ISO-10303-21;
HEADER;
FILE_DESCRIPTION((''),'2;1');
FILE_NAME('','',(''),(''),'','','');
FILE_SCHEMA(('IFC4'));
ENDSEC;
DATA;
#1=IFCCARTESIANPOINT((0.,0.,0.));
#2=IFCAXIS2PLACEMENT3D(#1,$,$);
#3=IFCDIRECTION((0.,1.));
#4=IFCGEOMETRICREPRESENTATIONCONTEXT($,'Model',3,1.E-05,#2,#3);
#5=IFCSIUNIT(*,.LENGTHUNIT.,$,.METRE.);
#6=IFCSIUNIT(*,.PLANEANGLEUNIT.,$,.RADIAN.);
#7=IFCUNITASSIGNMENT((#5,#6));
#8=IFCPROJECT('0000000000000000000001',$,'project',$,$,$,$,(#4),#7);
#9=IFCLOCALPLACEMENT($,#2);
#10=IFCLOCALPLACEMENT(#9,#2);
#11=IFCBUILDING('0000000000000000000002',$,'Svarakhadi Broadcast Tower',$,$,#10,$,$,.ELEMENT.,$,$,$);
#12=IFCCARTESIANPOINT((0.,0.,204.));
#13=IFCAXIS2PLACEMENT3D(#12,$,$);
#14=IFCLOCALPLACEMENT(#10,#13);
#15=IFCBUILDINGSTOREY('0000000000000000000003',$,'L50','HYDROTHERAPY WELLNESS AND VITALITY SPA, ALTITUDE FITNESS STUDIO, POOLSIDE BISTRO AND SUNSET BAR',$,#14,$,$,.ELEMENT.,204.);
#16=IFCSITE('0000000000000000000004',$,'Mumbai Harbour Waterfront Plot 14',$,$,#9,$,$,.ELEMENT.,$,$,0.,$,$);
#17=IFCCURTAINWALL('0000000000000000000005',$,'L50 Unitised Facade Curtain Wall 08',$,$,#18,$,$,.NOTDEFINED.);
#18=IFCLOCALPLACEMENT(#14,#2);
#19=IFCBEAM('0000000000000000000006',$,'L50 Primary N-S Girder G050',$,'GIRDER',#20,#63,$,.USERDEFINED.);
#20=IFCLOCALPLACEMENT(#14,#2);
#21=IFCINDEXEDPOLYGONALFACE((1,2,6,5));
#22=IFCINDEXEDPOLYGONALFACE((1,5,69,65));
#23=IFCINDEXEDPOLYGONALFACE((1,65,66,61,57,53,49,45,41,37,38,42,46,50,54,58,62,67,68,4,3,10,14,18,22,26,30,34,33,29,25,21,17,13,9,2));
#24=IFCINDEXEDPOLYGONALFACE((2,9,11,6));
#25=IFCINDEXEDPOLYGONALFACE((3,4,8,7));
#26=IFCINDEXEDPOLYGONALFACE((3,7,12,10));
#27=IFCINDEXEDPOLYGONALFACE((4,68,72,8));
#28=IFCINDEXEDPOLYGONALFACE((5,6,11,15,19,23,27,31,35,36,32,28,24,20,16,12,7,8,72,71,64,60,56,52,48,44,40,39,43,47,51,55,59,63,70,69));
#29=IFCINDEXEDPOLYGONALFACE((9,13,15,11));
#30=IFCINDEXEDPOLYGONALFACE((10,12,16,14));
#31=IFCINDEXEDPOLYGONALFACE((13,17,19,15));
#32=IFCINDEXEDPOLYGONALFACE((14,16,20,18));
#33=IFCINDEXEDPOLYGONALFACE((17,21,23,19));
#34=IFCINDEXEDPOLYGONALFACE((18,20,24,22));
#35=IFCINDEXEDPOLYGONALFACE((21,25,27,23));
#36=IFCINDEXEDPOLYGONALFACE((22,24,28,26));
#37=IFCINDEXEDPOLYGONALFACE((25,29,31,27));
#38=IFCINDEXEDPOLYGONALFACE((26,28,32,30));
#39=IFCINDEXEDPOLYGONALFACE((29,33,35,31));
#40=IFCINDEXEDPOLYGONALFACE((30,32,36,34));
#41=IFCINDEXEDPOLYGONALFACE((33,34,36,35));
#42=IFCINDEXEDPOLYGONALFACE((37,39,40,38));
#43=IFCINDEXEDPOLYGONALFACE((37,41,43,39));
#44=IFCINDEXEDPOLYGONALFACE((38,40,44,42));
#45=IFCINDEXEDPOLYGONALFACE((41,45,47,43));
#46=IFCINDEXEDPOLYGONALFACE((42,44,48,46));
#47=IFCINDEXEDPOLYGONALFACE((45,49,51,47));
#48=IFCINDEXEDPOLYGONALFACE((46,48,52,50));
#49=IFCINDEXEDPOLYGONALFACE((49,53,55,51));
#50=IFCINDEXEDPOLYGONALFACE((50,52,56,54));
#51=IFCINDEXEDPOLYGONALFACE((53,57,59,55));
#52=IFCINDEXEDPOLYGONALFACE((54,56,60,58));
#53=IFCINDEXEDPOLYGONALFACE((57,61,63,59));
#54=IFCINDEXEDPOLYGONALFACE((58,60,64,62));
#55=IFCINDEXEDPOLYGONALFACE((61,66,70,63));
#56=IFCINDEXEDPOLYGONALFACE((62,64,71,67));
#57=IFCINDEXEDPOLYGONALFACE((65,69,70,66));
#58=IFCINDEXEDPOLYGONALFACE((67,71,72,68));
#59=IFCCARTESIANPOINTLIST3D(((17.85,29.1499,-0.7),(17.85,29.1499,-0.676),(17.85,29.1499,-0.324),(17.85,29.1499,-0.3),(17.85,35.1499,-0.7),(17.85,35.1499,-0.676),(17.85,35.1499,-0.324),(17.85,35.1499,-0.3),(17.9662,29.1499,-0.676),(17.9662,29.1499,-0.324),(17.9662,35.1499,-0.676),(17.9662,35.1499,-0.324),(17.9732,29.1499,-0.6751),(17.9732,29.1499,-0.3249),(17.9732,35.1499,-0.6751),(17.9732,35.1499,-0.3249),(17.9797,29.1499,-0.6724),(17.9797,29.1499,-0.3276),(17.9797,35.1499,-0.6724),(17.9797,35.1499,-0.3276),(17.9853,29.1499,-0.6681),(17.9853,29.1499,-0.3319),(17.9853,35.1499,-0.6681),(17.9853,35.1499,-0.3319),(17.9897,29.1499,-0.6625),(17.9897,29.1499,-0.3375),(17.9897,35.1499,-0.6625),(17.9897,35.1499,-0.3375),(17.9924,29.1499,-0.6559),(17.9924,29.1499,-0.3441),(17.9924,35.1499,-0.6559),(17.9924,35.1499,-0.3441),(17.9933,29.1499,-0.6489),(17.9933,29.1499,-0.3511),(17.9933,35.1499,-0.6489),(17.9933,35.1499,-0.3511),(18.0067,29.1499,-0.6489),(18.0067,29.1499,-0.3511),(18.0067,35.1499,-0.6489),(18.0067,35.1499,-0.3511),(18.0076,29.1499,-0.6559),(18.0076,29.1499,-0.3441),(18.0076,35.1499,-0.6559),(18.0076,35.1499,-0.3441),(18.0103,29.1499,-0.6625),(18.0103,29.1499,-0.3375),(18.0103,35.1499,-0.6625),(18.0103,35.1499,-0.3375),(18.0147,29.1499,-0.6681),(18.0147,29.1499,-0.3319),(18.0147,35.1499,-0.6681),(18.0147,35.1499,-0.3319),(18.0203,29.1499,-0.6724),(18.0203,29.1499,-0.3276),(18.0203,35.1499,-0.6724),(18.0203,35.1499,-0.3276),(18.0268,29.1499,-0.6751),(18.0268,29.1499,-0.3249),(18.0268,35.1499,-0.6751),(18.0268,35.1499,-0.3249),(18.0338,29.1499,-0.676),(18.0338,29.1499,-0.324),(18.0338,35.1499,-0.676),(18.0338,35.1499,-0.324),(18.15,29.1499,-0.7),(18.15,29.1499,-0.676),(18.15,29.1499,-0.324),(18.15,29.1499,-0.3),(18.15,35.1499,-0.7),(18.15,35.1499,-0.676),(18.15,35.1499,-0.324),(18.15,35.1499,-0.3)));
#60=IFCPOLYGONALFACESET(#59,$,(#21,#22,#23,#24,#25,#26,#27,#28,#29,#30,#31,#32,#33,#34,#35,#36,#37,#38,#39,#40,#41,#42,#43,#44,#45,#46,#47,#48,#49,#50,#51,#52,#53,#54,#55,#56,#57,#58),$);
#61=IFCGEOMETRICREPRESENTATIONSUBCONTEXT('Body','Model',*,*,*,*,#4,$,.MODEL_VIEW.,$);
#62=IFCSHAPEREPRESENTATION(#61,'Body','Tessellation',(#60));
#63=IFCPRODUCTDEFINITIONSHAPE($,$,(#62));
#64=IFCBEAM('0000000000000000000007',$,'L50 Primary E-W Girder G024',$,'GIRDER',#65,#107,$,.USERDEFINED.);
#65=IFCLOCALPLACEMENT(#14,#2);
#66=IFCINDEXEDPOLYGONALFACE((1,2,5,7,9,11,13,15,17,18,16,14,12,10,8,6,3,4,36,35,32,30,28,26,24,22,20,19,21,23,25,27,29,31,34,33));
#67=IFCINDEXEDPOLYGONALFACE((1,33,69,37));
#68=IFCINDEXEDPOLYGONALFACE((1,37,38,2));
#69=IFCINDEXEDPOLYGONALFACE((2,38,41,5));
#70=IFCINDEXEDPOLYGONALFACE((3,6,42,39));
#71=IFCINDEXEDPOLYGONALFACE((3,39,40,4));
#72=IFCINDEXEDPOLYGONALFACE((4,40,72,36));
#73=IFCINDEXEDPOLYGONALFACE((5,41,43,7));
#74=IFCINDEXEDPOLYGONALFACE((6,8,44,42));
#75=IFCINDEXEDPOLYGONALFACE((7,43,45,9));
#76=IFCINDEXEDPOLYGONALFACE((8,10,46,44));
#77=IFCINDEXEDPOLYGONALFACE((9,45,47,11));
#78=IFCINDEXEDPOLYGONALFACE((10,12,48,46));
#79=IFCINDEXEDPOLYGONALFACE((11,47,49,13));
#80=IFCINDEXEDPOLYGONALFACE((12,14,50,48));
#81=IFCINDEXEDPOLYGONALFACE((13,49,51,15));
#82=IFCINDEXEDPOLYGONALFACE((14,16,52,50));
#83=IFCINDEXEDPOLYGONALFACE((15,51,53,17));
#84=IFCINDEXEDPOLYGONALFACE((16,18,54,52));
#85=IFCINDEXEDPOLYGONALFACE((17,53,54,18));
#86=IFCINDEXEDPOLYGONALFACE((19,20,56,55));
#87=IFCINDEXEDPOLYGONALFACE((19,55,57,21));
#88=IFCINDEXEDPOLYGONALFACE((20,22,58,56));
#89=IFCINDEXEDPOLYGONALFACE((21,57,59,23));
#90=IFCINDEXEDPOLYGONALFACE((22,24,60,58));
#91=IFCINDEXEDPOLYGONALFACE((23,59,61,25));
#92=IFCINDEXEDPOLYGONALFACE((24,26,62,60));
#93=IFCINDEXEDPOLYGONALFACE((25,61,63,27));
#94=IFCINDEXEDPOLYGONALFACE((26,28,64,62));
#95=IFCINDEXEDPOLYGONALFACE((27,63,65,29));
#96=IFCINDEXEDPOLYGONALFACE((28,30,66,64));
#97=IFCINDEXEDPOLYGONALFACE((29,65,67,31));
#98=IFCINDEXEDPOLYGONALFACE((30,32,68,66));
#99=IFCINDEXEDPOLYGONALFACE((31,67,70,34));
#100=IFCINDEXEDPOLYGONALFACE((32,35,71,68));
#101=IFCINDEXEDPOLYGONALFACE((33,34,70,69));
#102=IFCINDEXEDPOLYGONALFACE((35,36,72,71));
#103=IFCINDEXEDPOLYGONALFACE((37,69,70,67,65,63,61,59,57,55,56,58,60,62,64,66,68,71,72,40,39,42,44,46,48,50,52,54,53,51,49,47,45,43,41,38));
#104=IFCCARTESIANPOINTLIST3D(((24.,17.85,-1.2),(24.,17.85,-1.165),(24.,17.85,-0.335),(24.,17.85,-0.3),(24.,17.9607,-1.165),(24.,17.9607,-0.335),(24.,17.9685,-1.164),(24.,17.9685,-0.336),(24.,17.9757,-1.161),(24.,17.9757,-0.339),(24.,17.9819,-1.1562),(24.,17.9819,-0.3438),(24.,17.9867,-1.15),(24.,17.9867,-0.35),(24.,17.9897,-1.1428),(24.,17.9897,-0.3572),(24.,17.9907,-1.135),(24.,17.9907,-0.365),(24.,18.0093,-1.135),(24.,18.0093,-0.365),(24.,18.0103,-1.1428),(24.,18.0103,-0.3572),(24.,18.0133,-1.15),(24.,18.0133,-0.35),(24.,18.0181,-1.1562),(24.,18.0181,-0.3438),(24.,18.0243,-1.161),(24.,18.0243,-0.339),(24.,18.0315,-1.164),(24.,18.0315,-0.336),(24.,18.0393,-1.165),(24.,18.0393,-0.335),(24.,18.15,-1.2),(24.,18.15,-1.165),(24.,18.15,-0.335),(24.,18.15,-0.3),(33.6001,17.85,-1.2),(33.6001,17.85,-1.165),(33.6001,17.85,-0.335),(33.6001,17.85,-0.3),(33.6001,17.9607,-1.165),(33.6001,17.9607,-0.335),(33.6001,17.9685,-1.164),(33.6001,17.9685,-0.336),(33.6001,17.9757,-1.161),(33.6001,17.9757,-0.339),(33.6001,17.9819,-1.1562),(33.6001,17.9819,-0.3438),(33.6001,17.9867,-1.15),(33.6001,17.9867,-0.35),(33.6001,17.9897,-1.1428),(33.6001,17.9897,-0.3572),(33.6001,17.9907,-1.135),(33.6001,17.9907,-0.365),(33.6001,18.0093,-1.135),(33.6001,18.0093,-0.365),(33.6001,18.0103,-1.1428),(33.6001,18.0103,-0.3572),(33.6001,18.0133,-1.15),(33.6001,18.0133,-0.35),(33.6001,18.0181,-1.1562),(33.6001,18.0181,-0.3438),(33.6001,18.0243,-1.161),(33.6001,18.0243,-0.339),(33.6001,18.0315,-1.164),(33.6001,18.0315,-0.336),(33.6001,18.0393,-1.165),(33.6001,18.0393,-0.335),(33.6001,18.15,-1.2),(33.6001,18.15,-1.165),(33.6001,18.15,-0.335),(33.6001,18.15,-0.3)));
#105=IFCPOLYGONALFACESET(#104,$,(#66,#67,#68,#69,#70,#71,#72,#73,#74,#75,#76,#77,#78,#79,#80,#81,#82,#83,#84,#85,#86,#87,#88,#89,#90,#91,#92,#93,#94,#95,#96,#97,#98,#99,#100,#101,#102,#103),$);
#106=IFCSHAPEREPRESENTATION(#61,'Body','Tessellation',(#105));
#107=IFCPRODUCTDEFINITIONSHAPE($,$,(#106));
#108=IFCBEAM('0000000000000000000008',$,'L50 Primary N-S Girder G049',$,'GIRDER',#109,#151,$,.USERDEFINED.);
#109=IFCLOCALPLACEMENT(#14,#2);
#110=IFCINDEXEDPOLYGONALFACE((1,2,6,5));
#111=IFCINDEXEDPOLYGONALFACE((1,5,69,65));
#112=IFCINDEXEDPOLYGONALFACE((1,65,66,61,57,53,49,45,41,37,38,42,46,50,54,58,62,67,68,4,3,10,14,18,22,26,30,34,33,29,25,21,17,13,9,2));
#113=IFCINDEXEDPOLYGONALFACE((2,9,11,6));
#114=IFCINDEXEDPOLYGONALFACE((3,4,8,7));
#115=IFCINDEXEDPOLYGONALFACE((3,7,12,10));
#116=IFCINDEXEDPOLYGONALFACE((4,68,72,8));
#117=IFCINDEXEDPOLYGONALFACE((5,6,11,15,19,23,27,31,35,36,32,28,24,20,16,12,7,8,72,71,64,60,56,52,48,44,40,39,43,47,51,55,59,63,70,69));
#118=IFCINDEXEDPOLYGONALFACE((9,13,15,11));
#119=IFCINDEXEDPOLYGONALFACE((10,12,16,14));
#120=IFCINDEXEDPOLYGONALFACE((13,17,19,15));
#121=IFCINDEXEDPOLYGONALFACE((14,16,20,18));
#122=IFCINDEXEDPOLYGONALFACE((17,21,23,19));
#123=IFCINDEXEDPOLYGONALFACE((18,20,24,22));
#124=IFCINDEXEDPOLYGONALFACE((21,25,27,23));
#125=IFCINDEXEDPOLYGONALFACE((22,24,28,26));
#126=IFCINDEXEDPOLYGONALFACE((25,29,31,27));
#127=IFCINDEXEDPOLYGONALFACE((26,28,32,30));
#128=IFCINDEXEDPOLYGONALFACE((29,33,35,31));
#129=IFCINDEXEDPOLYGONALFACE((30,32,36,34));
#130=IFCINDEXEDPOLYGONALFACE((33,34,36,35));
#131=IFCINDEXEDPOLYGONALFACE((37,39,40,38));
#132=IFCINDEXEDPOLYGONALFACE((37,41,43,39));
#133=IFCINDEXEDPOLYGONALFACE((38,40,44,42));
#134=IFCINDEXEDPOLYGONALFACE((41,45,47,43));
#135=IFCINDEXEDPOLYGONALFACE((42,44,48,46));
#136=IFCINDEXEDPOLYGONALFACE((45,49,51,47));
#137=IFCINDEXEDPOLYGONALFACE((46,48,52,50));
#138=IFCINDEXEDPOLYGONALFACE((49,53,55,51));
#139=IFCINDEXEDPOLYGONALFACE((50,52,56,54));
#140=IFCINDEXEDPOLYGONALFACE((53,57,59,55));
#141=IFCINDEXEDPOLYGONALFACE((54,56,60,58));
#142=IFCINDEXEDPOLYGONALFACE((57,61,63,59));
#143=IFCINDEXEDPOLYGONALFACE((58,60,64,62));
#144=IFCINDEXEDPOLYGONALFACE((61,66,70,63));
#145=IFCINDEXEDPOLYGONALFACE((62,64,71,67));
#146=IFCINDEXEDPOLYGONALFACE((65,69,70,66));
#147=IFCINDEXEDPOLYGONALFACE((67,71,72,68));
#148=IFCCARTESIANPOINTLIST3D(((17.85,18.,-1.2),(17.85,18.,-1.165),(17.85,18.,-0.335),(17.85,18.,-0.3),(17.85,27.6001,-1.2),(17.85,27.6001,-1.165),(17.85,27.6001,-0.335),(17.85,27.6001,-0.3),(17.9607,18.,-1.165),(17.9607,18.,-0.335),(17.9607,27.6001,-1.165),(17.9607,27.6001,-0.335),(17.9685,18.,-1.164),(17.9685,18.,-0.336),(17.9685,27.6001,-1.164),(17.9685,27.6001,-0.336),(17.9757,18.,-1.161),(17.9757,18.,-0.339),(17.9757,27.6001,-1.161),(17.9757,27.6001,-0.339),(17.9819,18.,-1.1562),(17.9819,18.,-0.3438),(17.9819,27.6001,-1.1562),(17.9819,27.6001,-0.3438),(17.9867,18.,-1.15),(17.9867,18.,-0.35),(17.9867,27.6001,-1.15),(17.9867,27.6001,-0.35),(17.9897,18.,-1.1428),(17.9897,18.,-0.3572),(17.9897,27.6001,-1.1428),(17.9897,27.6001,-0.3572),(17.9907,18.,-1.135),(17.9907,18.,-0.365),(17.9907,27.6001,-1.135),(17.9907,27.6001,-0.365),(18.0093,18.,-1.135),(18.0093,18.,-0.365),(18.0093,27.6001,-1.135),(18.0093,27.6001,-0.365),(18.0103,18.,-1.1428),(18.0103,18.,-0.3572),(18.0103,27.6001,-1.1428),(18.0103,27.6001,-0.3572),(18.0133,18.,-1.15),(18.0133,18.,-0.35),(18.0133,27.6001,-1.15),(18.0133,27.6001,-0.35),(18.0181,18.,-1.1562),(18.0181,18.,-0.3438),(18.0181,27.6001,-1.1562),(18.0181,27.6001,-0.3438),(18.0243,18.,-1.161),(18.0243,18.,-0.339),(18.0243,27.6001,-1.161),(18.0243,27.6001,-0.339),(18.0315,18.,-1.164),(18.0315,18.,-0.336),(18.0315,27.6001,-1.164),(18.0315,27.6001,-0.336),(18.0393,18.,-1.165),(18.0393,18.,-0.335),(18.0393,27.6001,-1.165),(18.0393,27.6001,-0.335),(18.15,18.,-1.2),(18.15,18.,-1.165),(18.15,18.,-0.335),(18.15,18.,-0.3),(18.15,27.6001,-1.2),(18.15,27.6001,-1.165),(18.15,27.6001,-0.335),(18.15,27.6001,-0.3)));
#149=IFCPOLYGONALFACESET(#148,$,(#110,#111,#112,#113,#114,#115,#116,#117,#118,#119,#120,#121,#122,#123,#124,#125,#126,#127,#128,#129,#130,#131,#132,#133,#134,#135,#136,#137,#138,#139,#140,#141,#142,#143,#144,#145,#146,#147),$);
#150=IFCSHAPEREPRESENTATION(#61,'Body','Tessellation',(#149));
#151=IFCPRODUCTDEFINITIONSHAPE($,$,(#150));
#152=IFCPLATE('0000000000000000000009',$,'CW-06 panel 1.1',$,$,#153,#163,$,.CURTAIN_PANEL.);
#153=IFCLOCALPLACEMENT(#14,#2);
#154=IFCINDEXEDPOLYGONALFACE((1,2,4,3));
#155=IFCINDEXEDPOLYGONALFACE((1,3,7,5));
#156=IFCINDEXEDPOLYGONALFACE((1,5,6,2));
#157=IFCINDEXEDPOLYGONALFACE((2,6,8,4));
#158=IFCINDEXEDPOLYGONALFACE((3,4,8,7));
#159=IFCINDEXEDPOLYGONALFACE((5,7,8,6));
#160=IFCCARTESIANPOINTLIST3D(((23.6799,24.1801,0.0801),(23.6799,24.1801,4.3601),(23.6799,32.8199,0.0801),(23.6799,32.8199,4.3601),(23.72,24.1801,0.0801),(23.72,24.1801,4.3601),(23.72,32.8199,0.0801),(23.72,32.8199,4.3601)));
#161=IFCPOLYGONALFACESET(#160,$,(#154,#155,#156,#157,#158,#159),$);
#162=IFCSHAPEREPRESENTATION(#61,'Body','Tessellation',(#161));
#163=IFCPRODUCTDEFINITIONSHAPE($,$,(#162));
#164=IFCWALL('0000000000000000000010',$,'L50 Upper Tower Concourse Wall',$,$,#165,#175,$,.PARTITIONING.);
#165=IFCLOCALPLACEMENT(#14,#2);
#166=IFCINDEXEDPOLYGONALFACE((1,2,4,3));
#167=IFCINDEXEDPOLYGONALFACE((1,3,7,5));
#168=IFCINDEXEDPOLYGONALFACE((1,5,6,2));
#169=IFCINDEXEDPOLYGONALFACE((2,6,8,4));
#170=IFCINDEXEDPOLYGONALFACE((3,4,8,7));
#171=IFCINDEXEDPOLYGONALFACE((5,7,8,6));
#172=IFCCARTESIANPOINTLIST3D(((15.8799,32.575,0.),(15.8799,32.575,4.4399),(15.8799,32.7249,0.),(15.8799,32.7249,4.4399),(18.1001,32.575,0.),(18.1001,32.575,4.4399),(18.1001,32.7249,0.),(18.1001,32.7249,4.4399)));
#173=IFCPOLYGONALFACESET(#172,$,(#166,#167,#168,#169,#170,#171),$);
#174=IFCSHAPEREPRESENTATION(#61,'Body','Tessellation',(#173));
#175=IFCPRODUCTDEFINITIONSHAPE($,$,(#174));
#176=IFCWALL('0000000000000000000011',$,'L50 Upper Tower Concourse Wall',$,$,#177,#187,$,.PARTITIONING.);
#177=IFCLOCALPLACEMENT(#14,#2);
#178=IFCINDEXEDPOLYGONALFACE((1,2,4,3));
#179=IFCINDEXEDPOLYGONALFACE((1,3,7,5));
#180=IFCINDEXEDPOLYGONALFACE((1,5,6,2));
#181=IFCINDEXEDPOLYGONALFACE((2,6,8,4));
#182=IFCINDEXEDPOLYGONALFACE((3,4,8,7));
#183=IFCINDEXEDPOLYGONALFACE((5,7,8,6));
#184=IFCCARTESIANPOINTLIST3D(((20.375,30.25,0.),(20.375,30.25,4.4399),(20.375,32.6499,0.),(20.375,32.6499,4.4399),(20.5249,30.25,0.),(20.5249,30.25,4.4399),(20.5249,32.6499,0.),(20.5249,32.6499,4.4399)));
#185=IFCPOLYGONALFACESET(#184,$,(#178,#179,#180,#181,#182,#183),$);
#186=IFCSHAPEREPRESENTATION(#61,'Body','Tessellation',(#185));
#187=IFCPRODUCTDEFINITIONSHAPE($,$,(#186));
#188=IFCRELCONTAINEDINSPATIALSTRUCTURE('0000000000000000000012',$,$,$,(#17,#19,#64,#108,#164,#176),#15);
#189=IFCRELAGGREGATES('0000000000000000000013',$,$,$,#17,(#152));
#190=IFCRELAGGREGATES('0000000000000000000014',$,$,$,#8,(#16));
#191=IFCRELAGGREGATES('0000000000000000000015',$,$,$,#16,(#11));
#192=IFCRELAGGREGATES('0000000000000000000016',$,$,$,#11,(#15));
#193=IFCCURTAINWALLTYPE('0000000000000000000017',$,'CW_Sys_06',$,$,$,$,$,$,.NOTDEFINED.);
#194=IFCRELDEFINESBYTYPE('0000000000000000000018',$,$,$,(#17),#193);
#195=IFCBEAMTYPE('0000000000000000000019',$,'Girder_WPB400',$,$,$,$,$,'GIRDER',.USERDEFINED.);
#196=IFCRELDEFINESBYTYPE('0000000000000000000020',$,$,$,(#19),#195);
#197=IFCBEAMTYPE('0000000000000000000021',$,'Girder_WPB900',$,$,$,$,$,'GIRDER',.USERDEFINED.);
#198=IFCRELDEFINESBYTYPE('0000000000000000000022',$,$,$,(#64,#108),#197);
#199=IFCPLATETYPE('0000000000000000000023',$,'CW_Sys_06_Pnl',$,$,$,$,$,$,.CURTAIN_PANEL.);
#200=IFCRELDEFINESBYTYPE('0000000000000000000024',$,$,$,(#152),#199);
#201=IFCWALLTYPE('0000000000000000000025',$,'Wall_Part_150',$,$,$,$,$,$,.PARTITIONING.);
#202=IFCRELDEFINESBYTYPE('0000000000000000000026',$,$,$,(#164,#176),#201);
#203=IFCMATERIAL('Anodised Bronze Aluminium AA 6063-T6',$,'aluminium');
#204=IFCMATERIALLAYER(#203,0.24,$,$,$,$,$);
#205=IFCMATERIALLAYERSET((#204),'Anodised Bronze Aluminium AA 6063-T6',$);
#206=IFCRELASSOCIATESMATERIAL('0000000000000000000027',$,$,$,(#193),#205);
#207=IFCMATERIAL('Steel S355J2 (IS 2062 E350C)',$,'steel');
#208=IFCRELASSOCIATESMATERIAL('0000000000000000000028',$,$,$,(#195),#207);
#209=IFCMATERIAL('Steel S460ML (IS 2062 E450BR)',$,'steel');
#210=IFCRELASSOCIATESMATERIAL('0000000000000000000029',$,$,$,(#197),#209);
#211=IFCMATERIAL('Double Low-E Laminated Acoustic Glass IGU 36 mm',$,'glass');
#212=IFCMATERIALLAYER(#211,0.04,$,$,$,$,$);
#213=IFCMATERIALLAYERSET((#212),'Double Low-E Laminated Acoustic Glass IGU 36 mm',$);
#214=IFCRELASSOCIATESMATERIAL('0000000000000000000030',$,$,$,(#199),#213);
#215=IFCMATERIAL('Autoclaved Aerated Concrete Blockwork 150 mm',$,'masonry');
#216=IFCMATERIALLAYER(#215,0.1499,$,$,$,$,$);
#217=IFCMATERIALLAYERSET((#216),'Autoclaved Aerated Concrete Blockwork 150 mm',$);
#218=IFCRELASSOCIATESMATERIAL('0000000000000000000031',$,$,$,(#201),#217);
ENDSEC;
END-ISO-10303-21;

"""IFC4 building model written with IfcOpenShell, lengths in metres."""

from ifc_helpers import new_model, si_unit, direction, frame, frame_2d, origin, origin_2d, place, context, subcontext, project, spatial, rectangle, i_section, extrude, material, layer, layer_set, material_profile, profile_set, type_object, element, aggregate, save


model = new_model("IFC4")

# Units and contexts
model_context = context("Model", 3, precision=1e-05, world=origin(), true_north=direction((0.0, 1.0)))
body_context = subcontext(model_context, "Body", "Model", "MODEL_VIEW")
ifc_project = project(units=[si_unit("LENGTHUNIT", "METRE"), si_unit("PLANEANGLEUNIT", "RADIAN")], contexts=[model_context])

# Site, building, storey
site_placement = place(None, origin())
site = spatial("IfcSite", under=ifc_project, at=site_placement, Name="Mumbai Harbour Waterfront Plot 14", CompositionType="ELEMENT", RefElevation=0.0)
building_placement = place(site_placement, origin())
building = spatial("IfcBuilding", under=site, at=building_placement, Name="Svarakhadi Broadcast Tower", CompositionType="ELEMENT")
storey_placement = place(building_placement, frame((0.0, 0.0, 204.0)))
storey = spatial("IfcBuildingStorey", under=building, at=storey_placement, Name="L50", Description="HYDROTHERAPY WELLNESS AND VITALITY SPA, ALTITUDE FITNESS STUDIO, POOLSIDE BISTRO AND SUNSET BAR", CompositionType="ELEMENT", Elevation=204.0)

# Shared definitions
ifc_material_1 = material(Name="Steel S355J2 (IS 2062 E350C)", Category="steel")

# Curtain wall
ifc_material_2 = material(Name="Anodised Bronze Aluminium AA 6063-T6", Category="aluminium")
ifc_layer_1 = layer(ifc_material_2, 0.24)
ifc_layer_set_1 = layer_set([ifc_layer_1], Name="Anodised Bronze Aluminium AA 6063-T6")
curtain_wall_type = type_object("IfcCurtainWallType", Name="CW_Sys_06", PredefinedType="NOTDEFINED", material=ifc_layer_set_1)
curtain_wall_1_placement = place(storey_placement, origin())
curtain_wall_1 = element("IfcCurtainWall", 1, at=curtain_wall_1_placement, inside=storey, type_object=curtain_wall_type, Name="L50 Unitised Facade Curtain Wall 08", PredefinedType="NOTDEFINED")

# Beams
ifc_material_profile_1 = material_profile(ifc_material_1, i_section(OverallWidth=0.3, OverallDepth=0.3999, WebThickness=0.0134, FlangeThickness=0.0239, FilletRadius=0.0271, at=origin_2d()), Name="WPB 400x300x155")
ifc_profile_set_1 = profile_set([ifc_material_profile_1], Name="Steel S355J2 (IS 2062 E350C)")
beam_type_1 = type_object("IfcBeamType", Name="Girder_WPB400", ElementType="GIRDER", PredefinedType="USERDEFINED", material=ifc_profile_set_1)
for number, where, z_axis, x_axis, name in (
    (2, (18.0, 29.1499, -0.5), (0.0, 1.0, 0.0), (-1.0, 0.0, 0.0), "L50 Primary N-S Girder G050"),
):
    element("IfcBeam", number, at=place(storey_placement, frame(where, z_axis=z_axis, x_axis=x_axis)), inside=storey, type_object=beam_type_1, Name=name, ObjectType="GIRDER", PredefinedType="USERDEFINED", context=body_context, shape_type="SweptSolid", body=[
        extrude(i_section(OverallWidth=0.3, OverallDepth=0.3999, WebThickness=0.0134, FlangeThickness=0.0239, FilletRadius=0.0271, at=origin_2d()), origin(), (0.0, 0.0, 1.0), 6.0),
    ])
ifc_material_3 = material(Name="Steel S460ML (IS 2062 E450BR)", Category="steel")
ifc_material_profile_2 = material_profile(ifc_material_3, i_section(OverallWidth=0.3, OverallDepth=0.8999, WebThickness=0.0186, FlangeThickness=0.0349, FilletRadius=0.03, at=origin_2d()), Name="WPB 900x300x291")
ifc_profile_set_2 = profile_set([ifc_material_profile_2], Name="Steel S460ML (IS 2062 E450BR)")
beam_type_2 = type_object("IfcBeamType", Name="Girder_WPB900", ElementType="GIRDER", PredefinedType="USERDEFINED", material=ifc_profile_set_2)
for number, where, z_axis, x_axis, name in (
    (3, (24.0, 18.0, -0.75), (1.0, 0.0, 0.0), (0.0, 1.0, 0.0), "L50 Primary E-W Girder G024"),
    (4, (18.0, 18.0, -0.75), (0.0, 1.0, 0.0), (-1.0, 0.0, 0.0), "L50 Primary N-S Girder G049"),
):
    element("IfcBeam", number, at=place(storey_placement, frame(where, z_axis=z_axis, x_axis=x_axis)), inside=storey, type_object=beam_type_2, Name=name, ObjectType="GIRDER", PredefinedType="USERDEFINED", context=body_context, shape_type="SweptSolid", body=[
        extrude(i_section(OverallWidth=0.3, OverallDepth=0.8999, WebThickness=0.0186, FlangeThickness=0.0349, FilletRadius=0.03, at=origin_2d()), origin(), (0.0, 0.0, 1.0), 9.6001),
    ])

# Plate
ifc_material_4 = material(Name="Double Low-E Laminated Acoustic Glass IGU 36 mm", Category="glass")
ifc_layer_2 = layer(ifc_material_4, 0.04)
ifc_layer_set_2 = layer_set([ifc_layer_2], Name="Double Low-E Laminated Acoustic Glass IGU 36 mm")
plate_type = type_object("IfcPlateType", Name="CW_Sys_06_Pnl", PredefinedType="CURTAIN_PANEL", material=ifc_layer_set_2)
plate_placement = place(storey_placement, frame((23.7, 28.5, 0.0801), z_axis=(0.0, 0.0, 1.0), x_axis=(0.0, -1.0, 0.0)))
plate = element("IfcPlate", 5, at=plate_placement, type_object=plate_type, Name="CW-06 panel 1.1", PredefinedType="CURTAIN_PANEL", context=body_context, shape_type="SweptSolid", body=[
    extrude(rectangle(XDim=8.6399, YDim=0.04, at=origin_2d()), origin(), (0.0, 0.0, 1.0), 4.28),
])
aggregate(curtain_wall_1, [plate])

# Shared definitions
ifc_material_5 = material(Name="Autoclaved Aerated Concrete Blockwork 150 mm", Category="masonry")
ifc_layer_3 = layer(ifc_material_5, 0.1499)
ifc_layer_set_3 = layer_set([ifc_layer_3], Name="Autoclaved Aerated Concrete Blockwork 150 mm")
wall_type_1 = type_object("IfcWallType", Name="Wall_Part_150", PredefinedType="PARTITIONING", material=ifc_layer_set_3)

# Walls
wall_1_placement = place(storey_placement, frame((15.8799, 32.6499, 0.0), z_axis=(0.0, 0.0, 1.0), x_axis=(1.0, 0.0, 0.0)))
element("IfcWall", 6, at=wall_1_placement, inside=storey, type_object=wall_type_1, Name="L50 Upper Tower Concourse Wall", PredefinedType="PARTITIONING", context=body_context, shape_type="SweptSolid", body=[
    extrude(rectangle(XDim=2.2202, YDim=0.1499, at=frame_2d((1.1101, 0.0))), origin(), (0.0, 0.0, 1.0), 4.4399),
])
wall_2_placement = place(storey_placement, frame((20.45, 32.6499, 0.0), z_axis=(0.0, 0.0, 1.0), x_axis=(0.0, -1.0, 0.0)))
element("IfcWall", 7, at=wall_2_placement, inside=storey, type_object=wall_type_1, Name="L50 Upper Tower Concourse Wall", PredefinedType="PARTITIONING", context=body_context, shape_type="SweptSolid", body=[
    extrude(rectangle(XDim=2.3999, YDim=0.1499, at=frame_2d((1.2, 0.0))), origin(), (0.0, 0.0, 1.0), 4.4399),
])

save(model, "model.ifc")
